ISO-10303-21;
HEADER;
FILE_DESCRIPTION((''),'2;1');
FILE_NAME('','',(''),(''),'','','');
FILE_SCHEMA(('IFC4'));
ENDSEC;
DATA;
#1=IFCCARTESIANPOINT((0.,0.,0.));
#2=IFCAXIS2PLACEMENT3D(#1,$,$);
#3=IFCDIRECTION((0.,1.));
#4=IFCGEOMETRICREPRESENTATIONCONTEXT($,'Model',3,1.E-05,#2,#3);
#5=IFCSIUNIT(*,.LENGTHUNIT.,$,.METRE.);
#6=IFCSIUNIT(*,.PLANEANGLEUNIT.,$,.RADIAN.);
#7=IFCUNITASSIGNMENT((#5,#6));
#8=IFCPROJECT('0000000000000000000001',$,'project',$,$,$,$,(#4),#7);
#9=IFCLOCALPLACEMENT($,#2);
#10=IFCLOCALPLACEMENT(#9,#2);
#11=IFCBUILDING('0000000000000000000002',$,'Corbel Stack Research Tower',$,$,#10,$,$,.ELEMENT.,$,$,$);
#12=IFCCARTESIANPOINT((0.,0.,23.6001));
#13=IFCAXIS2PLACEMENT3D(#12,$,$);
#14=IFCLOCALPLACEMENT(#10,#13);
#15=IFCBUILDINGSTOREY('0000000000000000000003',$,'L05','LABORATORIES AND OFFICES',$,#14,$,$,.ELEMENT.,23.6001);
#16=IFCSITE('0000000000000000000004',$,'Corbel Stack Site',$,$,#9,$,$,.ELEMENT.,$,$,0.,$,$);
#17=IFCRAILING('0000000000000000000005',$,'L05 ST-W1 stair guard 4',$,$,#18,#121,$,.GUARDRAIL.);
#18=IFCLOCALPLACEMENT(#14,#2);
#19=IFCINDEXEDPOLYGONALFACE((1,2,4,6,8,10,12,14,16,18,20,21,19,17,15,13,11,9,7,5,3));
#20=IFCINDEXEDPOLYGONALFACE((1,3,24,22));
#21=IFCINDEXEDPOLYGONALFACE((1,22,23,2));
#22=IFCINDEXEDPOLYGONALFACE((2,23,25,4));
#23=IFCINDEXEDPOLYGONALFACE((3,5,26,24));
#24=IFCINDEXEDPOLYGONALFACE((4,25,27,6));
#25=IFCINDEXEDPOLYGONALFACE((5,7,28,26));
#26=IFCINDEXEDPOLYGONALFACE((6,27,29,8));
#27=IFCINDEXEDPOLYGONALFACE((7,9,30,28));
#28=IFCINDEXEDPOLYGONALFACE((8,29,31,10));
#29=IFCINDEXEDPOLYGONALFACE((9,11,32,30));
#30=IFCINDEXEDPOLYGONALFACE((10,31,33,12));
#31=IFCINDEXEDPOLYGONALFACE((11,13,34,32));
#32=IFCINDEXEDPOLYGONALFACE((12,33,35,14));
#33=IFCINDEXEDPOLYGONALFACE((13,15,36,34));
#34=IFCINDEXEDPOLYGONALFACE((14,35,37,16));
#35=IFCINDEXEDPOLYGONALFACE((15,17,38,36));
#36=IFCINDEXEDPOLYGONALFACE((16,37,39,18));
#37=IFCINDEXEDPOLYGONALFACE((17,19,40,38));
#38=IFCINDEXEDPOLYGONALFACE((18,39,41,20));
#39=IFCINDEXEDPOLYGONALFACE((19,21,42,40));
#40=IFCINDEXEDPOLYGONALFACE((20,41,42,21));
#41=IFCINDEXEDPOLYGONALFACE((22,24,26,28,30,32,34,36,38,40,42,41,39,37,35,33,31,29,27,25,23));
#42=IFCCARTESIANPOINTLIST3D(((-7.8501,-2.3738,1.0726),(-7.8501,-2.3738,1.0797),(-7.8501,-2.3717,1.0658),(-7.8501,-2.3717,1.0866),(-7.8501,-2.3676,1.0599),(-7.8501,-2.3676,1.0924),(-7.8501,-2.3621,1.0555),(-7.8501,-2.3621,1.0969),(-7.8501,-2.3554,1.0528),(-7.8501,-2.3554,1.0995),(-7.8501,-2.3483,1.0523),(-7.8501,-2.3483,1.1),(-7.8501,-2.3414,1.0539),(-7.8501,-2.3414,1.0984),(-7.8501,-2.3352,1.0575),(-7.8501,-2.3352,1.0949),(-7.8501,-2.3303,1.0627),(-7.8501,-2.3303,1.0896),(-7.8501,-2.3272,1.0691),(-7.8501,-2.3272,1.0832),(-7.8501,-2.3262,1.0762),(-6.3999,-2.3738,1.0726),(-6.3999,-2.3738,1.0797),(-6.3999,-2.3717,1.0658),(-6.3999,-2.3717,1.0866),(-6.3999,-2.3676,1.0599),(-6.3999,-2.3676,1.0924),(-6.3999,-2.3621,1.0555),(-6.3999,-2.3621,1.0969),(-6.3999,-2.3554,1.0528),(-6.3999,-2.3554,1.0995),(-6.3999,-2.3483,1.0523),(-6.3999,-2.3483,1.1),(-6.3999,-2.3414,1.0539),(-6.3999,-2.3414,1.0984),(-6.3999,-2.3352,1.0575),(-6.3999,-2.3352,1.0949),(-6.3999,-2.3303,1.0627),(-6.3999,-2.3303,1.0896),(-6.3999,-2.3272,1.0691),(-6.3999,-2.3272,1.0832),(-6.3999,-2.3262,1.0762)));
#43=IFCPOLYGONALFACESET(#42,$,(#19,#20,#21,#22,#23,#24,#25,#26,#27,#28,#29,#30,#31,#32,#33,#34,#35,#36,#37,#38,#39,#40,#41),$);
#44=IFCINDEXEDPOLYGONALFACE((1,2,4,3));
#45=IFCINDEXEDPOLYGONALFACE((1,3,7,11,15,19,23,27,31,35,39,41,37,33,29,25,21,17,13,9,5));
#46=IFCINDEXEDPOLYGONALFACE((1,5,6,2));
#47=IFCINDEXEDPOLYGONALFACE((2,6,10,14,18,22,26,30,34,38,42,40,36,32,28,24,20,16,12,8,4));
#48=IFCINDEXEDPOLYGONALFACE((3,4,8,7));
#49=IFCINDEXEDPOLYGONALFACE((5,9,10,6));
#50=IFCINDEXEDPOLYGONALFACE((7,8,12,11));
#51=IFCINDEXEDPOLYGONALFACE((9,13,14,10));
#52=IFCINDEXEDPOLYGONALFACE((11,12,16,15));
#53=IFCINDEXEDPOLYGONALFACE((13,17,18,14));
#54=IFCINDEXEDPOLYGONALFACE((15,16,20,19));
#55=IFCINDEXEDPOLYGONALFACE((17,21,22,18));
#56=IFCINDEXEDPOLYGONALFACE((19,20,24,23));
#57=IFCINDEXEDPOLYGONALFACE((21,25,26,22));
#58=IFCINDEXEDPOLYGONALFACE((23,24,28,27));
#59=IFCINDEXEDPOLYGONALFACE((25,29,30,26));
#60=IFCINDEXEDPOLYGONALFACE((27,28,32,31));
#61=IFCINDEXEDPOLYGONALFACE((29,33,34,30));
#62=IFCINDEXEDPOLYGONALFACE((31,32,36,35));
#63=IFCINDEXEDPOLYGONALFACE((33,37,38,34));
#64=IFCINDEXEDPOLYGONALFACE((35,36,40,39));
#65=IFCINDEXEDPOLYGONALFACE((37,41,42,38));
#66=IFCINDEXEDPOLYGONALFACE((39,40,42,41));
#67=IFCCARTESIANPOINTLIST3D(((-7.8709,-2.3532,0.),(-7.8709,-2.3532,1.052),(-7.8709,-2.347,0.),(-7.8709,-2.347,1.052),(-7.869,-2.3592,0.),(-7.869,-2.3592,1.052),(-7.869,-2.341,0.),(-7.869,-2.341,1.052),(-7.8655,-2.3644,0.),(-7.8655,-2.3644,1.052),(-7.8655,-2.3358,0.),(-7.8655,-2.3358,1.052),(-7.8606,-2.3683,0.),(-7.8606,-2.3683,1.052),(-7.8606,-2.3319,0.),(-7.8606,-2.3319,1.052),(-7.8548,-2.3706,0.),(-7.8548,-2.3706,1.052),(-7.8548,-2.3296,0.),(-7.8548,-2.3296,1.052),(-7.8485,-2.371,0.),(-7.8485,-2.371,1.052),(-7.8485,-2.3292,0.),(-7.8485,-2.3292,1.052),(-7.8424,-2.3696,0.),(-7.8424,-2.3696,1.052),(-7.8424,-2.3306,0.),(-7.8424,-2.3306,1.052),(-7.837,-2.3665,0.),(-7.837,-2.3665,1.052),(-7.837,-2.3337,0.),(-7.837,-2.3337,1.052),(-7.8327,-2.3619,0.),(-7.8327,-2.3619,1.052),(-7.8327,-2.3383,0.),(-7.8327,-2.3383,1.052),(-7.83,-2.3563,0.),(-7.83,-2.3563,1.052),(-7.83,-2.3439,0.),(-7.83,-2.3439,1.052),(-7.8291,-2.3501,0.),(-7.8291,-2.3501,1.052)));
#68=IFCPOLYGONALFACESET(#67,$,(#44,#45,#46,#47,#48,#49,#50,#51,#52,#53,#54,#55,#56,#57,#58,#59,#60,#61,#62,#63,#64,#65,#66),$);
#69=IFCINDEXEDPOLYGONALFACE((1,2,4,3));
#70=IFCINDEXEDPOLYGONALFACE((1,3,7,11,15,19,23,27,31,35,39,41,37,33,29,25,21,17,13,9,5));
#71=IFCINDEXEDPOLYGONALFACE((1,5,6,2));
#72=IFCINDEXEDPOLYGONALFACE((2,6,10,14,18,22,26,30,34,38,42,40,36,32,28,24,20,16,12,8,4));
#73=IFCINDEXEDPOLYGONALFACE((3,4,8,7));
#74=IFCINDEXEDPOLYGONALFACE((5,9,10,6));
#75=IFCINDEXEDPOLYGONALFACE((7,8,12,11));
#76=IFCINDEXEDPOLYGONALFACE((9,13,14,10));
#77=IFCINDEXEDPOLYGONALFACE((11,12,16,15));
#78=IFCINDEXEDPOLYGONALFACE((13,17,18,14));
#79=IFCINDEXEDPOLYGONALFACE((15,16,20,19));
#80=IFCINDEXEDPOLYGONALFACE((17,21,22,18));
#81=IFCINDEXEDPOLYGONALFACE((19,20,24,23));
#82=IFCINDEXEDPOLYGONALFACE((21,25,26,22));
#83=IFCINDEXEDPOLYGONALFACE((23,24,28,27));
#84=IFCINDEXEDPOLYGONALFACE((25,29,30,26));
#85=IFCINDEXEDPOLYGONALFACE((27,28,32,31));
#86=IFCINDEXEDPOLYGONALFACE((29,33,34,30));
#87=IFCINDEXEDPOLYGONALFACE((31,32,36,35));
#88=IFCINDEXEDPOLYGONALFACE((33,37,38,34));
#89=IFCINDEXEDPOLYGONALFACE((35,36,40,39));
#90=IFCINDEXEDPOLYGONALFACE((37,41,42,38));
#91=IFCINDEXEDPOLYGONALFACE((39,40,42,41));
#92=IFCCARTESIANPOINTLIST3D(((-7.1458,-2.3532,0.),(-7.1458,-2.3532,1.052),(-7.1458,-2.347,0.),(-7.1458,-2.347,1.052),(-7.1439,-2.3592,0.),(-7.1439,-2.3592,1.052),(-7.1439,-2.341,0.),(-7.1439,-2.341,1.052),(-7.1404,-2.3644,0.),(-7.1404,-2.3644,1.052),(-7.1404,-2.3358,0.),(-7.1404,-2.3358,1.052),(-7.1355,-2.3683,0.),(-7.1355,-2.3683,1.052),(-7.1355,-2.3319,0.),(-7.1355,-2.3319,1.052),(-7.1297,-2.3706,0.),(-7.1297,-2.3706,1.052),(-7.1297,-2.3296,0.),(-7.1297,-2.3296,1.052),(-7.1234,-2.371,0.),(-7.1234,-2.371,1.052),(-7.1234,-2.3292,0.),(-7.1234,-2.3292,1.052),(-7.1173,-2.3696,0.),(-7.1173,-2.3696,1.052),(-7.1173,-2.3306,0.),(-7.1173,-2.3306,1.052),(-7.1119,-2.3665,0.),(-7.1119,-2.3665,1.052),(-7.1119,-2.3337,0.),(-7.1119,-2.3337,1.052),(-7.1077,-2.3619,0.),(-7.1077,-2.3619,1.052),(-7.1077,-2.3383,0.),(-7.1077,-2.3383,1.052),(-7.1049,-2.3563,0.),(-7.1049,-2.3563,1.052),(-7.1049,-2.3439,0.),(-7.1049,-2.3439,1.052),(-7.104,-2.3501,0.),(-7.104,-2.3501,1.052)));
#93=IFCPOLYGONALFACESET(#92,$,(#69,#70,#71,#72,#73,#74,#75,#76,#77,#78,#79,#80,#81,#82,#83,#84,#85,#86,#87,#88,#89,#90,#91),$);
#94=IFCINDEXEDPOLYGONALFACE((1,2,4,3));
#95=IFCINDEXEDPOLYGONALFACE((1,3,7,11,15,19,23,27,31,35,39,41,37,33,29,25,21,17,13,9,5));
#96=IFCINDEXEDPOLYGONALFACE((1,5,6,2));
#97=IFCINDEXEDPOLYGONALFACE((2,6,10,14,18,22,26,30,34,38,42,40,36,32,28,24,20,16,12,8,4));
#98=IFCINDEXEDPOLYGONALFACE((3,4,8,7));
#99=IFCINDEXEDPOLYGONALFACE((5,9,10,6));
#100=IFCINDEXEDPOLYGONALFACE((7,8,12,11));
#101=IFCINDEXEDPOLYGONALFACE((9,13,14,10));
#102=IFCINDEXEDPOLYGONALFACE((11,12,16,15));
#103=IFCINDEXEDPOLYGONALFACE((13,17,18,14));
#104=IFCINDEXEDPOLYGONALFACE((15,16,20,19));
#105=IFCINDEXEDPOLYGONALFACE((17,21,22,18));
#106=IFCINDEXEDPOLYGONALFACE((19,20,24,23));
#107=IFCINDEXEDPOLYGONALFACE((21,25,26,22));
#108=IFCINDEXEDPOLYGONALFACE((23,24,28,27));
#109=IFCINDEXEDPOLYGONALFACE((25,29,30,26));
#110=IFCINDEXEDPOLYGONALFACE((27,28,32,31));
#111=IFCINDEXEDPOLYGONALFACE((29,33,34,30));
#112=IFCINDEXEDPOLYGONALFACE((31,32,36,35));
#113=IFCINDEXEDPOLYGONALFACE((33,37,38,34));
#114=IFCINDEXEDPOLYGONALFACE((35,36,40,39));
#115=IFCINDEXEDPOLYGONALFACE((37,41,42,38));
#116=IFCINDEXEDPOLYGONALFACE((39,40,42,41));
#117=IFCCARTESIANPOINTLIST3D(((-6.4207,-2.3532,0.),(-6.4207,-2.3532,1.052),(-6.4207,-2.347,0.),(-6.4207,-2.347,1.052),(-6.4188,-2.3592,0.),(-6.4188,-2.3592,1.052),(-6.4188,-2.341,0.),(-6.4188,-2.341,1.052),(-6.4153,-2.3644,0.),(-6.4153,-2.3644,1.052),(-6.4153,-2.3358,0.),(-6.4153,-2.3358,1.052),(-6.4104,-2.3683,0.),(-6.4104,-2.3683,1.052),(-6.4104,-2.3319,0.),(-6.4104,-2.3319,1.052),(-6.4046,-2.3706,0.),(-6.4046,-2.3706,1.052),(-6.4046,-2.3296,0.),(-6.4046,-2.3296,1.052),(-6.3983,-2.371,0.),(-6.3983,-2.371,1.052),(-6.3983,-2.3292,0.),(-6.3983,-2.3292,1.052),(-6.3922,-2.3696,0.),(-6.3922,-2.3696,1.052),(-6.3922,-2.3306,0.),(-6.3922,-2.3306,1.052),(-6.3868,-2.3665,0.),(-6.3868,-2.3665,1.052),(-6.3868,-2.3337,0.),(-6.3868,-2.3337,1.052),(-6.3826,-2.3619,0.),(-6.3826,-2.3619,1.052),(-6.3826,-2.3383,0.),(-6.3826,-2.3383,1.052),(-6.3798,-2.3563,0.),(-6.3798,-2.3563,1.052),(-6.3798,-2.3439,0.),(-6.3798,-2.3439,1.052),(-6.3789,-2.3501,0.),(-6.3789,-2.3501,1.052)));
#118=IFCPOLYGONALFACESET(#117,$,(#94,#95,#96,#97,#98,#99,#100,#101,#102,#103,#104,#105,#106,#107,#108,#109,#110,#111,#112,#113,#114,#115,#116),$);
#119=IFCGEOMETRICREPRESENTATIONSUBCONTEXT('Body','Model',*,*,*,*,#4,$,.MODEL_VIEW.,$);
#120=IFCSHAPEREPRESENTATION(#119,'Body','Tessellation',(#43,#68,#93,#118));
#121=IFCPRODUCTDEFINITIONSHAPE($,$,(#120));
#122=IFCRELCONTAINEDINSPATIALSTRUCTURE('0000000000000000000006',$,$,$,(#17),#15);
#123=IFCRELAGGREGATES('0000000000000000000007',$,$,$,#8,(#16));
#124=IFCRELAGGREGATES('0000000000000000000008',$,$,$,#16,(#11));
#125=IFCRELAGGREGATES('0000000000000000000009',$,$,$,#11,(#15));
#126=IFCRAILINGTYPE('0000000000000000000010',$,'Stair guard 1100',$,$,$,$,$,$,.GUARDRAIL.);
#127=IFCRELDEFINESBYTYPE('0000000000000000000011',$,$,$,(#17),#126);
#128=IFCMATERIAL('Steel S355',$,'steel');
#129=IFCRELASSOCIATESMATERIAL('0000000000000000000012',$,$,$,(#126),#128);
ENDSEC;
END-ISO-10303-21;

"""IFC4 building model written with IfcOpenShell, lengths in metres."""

from ifc_helpers import new_model, si_unit, direction, frame, origin, origin_2d, place, context, subcontext, project, spatial, circle, extrude, material, type_object, element, save


model = new_model("IFC4")

# Units and contexts
model_context = context("Model", 3, precision=1e-05, world=origin(), true_north=direction((0.0, 1.0)))
body_context = subcontext(model_context, "Body", "Model", "MODEL_VIEW")
ifc_project = project(units=[si_unit("LENGTHUNIT", "METRE"), si_unit("PLANEANGLEUNIT", "RADIAN")], contexts=[model_context])

# Site, building, storey
site_placement = place(None, origin())
site = spatial("IfcSite", under=ifc_project, at=site_placement, Name="Corbel Stack Site", CompositionType="ELEMENT", RefElevation=0.0)
building_placement = place(site_placement, origin())
building = spatial("IfcBuilding", under=site, at=building_placement, Name="Corbel Stack Research Tower", CompositionType="ELEMENT")
storey_placement = place(building_placement, frame((0.0, 0.0, 23.6001)))
storey = spatial("IfcBuildingStorey", under=building, at=storey_placement, Name="L05", Description="LABORATORIES AND OFFICES", CompositionType="ELEMENT", Elevation=23.6001)

# Railing
ifc_material_1 = material(Name="Steel S355", Category="steel")
railing_type_1 = type_object("IfcRailingType", Name="Stair guard 1100", PredefinedType="GUARDRAIL", material=ifc_material_1)
railing_1_placement = place(storey_placement, frame((-7.8501, -2.3501, 0.0)))
element("IfcRailing", 1, at=railing_1_placement, inside=storey, type_object=railing_type_1, Name="L05 ST-W1 stair guard 4", PredefinedType="GUARDRAIL", context=body_context, shape_type="SweptSolid", body=[
    extrude(circle(Radius=0.0239, at=origin_2d()), frame((0.0, 0.0, 1.0762), z_axis=(1.0, 0.0, 0.0), x_axis=(0.0, 1.0, 0.0)), (0.0, 0.0, 1.0), 1.4502),
    extrude(circle(Radius=0.021, at=origin_2d()), origin(), (0.0, 0.0, 1.0), 1.052),
    extrude(circle(Radius=0.021, at=origin_2d()), frame((0.7251, 0.0, 0.0)), (0.0, 0.0, 1.0), 1.052),
    extrude(circle(Radius=0.021, at=origin_2d()), frame((1.4502, 0.0, 0.0)), (0.0, 0.0, 1.0), 1.052),
])

save(model, "model.ifc")
